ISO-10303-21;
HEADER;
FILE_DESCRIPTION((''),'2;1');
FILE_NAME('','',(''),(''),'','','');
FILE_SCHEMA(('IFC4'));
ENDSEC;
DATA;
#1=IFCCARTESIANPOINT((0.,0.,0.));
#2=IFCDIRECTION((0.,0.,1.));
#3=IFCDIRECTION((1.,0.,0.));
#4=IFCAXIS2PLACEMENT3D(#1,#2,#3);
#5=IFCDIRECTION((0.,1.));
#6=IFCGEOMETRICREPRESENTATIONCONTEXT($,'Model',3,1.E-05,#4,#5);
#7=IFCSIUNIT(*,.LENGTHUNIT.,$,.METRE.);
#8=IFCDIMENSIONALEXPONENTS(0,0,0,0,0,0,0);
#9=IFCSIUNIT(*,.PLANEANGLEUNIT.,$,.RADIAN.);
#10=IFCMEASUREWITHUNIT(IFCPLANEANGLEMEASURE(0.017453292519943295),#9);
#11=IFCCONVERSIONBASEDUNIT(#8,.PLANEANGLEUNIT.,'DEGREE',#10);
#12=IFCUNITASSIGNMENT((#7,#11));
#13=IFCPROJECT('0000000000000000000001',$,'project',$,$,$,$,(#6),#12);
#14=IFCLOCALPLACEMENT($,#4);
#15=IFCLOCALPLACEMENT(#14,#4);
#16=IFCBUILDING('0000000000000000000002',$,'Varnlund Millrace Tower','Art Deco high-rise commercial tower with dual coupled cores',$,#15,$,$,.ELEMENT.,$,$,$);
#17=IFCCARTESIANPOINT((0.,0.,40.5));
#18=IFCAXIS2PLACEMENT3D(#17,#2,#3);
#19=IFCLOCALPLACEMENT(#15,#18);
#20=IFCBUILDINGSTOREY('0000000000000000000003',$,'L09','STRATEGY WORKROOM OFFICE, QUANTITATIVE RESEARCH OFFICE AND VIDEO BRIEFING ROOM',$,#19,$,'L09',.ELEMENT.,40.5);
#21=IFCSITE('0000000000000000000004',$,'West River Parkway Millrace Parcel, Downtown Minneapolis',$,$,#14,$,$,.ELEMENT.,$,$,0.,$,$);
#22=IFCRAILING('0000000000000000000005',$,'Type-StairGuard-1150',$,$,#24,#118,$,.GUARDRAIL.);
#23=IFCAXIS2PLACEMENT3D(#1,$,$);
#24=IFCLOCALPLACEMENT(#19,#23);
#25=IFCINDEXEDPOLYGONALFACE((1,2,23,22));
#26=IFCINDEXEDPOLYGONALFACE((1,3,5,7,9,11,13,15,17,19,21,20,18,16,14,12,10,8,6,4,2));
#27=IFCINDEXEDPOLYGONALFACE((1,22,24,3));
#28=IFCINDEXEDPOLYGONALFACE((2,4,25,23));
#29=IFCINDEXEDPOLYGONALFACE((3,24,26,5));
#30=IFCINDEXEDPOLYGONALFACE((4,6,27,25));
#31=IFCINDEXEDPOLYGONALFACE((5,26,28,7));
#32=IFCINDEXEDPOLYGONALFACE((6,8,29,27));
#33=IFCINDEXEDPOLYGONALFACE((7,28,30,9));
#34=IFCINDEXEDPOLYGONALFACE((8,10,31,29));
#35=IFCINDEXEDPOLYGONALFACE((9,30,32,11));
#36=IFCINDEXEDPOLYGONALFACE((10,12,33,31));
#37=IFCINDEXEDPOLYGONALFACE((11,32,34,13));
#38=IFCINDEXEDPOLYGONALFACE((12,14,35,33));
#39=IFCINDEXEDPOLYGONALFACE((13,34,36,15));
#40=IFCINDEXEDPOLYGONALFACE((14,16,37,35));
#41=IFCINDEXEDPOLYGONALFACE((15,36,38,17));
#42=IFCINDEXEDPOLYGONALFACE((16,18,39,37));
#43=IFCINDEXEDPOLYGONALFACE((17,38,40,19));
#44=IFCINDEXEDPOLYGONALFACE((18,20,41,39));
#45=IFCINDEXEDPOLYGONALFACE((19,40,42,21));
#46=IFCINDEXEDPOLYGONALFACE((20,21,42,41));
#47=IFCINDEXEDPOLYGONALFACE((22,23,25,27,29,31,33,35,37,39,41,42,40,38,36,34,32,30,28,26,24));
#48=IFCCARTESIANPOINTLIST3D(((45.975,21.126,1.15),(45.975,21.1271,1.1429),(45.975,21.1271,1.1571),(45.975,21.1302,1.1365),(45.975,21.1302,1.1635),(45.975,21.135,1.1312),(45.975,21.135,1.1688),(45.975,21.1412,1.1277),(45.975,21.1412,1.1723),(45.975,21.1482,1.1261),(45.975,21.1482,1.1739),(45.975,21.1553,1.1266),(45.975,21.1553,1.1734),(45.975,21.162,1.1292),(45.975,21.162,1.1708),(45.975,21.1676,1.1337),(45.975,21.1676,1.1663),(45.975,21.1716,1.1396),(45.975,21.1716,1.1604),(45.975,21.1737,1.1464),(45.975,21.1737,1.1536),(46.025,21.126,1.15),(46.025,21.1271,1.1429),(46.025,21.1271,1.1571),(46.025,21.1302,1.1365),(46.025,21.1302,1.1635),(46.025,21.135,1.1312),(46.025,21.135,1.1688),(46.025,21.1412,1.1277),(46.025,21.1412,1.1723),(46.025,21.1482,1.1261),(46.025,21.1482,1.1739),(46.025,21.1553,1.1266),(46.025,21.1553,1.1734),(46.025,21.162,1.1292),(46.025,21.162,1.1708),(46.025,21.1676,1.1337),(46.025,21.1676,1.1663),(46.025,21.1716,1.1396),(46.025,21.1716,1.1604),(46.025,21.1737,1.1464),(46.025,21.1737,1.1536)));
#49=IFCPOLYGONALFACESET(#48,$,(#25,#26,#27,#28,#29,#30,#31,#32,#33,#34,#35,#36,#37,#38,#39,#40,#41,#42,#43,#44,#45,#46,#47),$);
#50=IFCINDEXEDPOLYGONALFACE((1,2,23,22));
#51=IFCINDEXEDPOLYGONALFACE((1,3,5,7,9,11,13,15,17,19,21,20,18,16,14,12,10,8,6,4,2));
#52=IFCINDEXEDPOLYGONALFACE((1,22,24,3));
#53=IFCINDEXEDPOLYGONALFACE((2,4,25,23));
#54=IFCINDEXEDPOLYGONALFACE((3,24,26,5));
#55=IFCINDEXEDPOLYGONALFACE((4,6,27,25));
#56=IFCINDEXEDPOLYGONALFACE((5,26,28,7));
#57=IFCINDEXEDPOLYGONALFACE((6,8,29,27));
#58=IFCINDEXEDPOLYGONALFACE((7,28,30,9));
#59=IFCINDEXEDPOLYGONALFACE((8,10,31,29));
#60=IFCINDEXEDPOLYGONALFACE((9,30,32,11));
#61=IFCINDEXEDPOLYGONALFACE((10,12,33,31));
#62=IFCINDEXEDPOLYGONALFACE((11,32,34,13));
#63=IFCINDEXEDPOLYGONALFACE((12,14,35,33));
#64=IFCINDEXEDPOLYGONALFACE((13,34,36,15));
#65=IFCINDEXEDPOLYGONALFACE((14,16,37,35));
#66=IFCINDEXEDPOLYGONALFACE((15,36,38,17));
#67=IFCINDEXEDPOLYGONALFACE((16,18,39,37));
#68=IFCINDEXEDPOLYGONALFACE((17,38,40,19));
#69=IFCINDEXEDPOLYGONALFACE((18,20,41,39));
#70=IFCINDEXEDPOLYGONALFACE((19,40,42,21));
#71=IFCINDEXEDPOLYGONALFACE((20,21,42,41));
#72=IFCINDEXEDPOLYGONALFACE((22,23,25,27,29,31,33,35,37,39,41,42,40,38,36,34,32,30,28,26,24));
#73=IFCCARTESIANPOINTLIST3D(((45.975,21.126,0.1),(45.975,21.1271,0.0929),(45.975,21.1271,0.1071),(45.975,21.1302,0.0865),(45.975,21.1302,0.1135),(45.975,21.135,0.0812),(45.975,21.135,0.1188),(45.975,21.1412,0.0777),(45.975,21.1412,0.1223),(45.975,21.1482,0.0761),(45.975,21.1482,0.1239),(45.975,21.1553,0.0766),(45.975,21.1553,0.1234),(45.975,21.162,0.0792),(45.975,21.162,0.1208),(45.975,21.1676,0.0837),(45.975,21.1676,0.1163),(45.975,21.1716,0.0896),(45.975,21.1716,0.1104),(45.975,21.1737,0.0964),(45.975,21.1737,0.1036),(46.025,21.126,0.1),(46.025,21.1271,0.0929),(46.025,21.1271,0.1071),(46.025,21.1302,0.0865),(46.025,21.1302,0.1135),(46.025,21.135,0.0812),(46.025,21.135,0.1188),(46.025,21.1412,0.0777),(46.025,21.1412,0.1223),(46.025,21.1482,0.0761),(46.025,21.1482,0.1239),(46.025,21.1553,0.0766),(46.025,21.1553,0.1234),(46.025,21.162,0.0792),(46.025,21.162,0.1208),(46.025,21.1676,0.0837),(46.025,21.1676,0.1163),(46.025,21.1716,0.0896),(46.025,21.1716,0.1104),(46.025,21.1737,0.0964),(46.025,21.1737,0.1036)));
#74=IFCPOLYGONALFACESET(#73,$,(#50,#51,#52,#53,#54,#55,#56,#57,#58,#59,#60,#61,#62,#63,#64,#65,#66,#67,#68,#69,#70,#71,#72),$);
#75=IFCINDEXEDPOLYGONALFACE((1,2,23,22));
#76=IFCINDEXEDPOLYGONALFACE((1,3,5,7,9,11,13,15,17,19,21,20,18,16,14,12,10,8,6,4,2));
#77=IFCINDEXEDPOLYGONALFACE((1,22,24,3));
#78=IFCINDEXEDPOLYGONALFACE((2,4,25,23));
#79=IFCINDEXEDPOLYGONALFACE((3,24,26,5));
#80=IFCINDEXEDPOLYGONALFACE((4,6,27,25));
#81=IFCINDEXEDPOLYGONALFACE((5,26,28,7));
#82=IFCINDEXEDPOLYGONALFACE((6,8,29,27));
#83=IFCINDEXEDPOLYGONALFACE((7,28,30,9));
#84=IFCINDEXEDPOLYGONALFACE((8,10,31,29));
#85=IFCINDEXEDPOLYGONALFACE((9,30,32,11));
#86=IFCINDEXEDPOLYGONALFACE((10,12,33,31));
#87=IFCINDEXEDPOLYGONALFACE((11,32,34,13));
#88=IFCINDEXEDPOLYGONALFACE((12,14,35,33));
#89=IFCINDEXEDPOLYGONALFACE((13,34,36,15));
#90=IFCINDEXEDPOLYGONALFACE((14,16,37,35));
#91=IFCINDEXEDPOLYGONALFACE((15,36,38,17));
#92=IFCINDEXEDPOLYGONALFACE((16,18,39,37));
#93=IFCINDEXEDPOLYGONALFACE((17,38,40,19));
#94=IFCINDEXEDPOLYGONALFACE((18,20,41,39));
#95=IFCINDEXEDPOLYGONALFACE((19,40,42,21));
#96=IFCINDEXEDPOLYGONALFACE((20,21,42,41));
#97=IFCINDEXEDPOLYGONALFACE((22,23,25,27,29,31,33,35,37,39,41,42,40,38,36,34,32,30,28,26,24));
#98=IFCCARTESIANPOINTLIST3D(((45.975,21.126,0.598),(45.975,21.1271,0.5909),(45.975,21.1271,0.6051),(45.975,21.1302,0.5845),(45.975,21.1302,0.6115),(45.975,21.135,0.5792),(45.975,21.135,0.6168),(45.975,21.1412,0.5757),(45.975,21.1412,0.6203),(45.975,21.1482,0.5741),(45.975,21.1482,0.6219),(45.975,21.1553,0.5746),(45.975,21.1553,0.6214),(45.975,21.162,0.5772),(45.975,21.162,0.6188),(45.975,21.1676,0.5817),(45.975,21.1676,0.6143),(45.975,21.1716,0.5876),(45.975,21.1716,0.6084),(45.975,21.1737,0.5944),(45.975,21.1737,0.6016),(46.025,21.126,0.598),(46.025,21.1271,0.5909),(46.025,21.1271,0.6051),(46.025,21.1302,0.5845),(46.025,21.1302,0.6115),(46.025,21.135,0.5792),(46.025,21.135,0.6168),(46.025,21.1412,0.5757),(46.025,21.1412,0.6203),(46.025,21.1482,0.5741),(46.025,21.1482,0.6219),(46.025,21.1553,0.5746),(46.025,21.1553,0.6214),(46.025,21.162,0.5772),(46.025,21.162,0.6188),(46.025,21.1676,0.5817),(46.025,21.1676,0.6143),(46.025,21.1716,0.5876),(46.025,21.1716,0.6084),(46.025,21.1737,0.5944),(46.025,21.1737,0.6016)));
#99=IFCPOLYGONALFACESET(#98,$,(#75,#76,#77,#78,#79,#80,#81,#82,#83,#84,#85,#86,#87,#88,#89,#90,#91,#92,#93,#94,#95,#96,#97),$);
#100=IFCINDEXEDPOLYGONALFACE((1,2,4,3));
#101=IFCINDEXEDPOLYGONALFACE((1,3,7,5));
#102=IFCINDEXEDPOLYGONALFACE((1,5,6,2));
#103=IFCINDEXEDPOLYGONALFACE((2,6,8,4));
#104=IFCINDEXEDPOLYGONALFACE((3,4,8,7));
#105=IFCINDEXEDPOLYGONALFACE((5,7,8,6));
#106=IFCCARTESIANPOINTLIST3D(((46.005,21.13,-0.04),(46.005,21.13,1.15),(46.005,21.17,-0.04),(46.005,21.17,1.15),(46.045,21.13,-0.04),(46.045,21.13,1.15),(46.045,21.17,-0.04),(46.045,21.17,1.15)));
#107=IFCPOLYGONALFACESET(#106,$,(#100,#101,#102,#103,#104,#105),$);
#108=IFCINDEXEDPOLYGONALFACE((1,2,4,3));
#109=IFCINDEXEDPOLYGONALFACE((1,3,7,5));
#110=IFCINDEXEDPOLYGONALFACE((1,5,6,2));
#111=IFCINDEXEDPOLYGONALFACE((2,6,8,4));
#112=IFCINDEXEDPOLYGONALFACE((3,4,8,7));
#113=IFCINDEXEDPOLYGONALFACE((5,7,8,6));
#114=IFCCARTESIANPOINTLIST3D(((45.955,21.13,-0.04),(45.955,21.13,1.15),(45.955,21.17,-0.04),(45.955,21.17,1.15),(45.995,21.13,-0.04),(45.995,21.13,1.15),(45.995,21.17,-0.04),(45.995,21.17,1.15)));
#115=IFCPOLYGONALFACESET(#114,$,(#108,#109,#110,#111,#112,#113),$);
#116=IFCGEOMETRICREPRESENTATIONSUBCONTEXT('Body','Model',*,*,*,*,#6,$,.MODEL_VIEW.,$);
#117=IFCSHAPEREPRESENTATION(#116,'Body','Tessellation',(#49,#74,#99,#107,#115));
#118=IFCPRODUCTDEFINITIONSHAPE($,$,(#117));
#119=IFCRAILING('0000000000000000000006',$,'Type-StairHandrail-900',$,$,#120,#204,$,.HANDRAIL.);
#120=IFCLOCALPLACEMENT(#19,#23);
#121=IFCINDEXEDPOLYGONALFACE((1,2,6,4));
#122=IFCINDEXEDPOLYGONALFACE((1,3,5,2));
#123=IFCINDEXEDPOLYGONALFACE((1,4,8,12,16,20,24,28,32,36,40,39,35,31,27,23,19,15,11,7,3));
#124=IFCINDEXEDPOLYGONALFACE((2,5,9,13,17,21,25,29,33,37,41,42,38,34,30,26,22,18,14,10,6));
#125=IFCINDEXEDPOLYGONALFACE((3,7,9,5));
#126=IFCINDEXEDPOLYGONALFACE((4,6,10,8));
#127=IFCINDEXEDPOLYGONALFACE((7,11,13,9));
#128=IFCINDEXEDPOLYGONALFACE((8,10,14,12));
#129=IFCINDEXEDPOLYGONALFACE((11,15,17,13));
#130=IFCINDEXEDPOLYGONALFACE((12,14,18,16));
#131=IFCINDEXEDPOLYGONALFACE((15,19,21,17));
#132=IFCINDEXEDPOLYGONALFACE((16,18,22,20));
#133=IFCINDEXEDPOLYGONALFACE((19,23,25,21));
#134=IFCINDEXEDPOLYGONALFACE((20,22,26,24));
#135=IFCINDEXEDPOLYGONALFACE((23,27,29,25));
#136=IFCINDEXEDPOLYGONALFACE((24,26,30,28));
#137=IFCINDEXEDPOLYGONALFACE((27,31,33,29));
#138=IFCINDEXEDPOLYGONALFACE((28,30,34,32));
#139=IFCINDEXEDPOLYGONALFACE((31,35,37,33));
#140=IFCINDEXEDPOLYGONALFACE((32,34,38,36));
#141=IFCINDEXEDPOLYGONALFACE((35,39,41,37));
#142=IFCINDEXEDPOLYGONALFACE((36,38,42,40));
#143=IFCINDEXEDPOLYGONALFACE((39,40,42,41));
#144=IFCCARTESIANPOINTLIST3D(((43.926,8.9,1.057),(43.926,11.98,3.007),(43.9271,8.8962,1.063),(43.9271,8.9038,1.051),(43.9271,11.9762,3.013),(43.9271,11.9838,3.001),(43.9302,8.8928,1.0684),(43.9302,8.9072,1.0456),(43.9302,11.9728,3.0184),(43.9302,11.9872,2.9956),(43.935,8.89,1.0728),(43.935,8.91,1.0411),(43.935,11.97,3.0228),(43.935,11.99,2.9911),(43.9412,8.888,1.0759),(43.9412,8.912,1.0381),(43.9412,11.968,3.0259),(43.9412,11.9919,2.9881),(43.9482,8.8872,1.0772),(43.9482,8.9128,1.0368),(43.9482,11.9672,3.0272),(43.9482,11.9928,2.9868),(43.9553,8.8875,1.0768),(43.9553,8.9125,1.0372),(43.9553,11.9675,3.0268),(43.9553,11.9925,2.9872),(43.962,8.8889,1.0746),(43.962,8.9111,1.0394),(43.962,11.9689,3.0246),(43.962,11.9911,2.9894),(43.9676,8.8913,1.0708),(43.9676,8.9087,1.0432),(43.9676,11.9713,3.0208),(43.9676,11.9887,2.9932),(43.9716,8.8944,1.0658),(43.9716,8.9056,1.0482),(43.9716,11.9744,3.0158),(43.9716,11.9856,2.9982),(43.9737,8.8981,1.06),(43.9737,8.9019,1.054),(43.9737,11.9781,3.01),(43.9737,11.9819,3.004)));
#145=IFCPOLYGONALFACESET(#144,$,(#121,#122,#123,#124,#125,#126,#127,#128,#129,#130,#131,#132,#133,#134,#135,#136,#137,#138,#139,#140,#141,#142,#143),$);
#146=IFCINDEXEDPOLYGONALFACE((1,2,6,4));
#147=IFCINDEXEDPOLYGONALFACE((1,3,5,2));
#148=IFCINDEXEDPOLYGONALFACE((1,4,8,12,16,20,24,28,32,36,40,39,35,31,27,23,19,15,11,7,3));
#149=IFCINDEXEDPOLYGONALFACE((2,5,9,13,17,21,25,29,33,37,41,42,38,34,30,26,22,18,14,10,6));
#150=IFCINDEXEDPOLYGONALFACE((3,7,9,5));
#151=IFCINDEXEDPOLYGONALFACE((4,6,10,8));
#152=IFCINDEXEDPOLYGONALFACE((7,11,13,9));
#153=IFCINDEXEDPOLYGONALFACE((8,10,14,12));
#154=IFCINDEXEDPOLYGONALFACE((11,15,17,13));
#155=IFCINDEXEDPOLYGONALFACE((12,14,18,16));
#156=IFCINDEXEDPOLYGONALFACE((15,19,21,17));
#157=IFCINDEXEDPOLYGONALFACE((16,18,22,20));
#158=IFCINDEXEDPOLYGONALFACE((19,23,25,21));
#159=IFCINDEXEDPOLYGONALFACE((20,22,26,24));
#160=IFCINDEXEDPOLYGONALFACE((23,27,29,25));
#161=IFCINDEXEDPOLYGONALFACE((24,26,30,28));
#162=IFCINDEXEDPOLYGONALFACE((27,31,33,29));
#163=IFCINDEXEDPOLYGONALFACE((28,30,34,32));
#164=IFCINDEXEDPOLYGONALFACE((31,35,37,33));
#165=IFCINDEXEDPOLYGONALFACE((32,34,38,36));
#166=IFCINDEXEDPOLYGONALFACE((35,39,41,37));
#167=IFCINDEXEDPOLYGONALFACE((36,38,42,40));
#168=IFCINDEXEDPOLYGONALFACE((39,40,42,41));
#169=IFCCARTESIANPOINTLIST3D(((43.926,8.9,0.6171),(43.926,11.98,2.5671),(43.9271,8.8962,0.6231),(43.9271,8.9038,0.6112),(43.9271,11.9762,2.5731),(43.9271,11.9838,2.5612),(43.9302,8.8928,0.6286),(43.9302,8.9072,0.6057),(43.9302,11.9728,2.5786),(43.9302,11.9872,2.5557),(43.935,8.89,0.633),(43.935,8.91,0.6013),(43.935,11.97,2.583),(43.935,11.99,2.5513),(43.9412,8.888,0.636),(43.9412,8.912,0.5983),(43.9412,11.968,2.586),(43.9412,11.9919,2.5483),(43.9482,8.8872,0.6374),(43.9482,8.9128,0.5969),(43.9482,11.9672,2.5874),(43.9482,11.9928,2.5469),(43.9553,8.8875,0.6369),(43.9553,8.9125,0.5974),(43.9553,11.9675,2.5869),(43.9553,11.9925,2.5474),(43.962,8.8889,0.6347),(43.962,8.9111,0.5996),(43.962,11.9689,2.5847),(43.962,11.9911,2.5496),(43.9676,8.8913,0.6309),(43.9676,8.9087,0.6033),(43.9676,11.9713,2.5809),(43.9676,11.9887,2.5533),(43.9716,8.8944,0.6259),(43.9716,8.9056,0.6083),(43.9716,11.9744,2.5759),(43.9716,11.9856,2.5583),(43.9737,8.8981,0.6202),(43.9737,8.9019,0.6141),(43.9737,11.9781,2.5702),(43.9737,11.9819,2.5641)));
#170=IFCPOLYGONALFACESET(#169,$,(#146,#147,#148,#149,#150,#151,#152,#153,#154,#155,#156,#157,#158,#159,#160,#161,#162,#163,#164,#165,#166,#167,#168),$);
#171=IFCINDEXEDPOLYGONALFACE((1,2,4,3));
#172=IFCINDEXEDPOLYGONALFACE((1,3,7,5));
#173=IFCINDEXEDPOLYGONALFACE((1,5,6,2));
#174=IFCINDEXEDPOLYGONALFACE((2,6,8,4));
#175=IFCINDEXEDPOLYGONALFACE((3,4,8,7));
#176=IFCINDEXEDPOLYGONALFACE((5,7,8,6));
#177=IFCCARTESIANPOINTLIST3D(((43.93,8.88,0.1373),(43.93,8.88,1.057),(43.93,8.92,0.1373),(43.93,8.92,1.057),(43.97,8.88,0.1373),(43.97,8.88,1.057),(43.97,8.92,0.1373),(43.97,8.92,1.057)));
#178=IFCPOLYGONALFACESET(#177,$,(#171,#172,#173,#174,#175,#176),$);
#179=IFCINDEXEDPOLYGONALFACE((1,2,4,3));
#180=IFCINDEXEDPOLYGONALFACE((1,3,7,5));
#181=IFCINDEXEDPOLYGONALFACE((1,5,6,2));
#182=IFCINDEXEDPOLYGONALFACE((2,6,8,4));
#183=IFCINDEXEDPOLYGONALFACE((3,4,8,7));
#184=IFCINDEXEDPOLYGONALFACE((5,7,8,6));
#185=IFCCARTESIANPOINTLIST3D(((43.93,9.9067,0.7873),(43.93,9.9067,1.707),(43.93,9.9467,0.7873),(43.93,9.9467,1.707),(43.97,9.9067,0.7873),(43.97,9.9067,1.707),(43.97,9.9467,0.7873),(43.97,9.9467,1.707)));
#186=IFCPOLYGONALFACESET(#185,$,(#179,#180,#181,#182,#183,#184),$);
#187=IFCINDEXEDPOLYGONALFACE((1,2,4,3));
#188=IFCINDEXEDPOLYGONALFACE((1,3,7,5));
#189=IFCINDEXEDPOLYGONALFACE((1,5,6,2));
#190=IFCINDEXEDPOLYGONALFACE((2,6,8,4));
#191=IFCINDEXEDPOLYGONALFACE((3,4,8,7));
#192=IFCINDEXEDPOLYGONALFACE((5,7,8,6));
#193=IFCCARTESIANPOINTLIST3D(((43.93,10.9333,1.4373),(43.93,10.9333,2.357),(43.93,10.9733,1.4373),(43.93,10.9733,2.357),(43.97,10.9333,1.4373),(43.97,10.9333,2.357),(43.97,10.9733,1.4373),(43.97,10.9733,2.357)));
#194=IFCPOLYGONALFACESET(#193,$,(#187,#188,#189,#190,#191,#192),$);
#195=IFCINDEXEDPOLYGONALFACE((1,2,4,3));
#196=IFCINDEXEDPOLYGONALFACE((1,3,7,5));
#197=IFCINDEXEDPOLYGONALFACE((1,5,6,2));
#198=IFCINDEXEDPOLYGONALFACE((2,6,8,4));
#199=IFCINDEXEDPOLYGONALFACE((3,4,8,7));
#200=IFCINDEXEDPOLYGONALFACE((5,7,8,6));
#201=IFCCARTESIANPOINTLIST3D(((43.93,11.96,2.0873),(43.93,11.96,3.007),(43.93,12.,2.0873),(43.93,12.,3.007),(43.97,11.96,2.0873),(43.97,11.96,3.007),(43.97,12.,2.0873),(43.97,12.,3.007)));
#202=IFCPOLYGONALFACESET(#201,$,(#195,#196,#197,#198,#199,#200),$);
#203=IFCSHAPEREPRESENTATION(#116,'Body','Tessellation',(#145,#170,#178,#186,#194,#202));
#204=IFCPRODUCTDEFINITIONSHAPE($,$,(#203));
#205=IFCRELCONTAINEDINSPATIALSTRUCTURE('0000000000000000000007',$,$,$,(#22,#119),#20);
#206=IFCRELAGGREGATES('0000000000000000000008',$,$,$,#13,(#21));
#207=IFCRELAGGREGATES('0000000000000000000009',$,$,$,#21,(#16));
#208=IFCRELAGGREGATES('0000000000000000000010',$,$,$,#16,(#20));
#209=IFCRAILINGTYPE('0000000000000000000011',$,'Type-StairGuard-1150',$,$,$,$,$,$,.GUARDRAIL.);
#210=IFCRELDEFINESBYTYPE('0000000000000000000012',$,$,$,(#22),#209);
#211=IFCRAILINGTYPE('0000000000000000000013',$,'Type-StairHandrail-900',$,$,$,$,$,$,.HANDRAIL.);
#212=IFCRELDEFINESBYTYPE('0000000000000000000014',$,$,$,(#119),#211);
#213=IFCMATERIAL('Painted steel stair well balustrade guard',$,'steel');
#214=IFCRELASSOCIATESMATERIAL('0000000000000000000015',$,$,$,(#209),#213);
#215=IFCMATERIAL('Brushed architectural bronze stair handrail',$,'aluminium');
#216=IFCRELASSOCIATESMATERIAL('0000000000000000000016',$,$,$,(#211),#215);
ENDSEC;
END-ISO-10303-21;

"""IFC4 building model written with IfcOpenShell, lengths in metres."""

from ifc_helpers import new_model, entity, si_unit, converted_unit, direction, frame, origin_with_axes, origin_2d_with_axis, place, context, subcontext, project, spatial, rectangle, circle, extrude, material, type_object, element, save


model = new_model("IFC4")

# Units and contexts
model_context = context("Model", 3, precision=1e-05, world=origin_with_axes(), true_north=direction((0.0, 1.0)))
body_context = subcontext(model_context, "Body", "Model", "MODEL_VIEW")
ifc_project = project(units=[si_unit("LENGTHUNIT", "METRE"), converted_unit("PLANEANGLEUNIT", "DEGREE", entity("IfcPlaneAngleMeasure", 0.017453292519943295), si_unit("PLANEANGLEUNIT", "RADIAN"), dimensions=[0, 0, 0, 0, 0, 0, 0])], contexts=[model_context])

# Site, building, storey
site_placement = place(None, origin_with_axes())
site = spatial("IfcSite", under=ifc_project, at=site_placement, Name="West River Parkway Millrace Parcel, Downtown Minneapolis", CompositionType="ELEMENT", RefElevation=0.0)
building_placement = place(site_placement, origin_with_axes())
building = spatial("IfcBuilding", under=site, at=building_placement, Name="Varnlund Millrace Tower", Description="Art Deco high-rise commercial tower with dual coupled cores", CompositionType="ELEMENT")
storey_placement = place(building_placement, frame((0.0, 0.0, 40.5), z_axis=(0.0, 0.0, 1.0), x_axis=(1.0, 0.0, 0.0)))
storey = spatial("IfcBuildingStorey", under=building, at=storey_placement, Name="L09", Description="STRATEGY WORKROOM OFFICE, QUANTITATIVE RESEARCH OFFICE AND VIDEO BRIEFING ROOM", LongName="L09", CompositionType="ELEMENT", Elevation=40.5)

# Railings
ifc_material_1 = material(Name="Painted steel stair well balustrade guard", Category="steel")
railing_type_1 = type_object("IfcRailingType", Name="Type-StairGuard-1150", PredefinedType="GUARDRAIL", material=ifc_material_1)
railing_1_placement = place(storey_placement, frame((0.0, 0.0, -40.5), z_axis=(0.0, 0.0, 1.0), x_axis=(1.0, 0.0, 0.0)))
element("IfcRailing", 1, at=railing_1_placement, inside=storey, type_object=railing_type_1, Name="Type-StairGuard-1150", PredefinedType="GUARDRAIL", context=body_context, shape_type="SweptSolid", body=[
    extrude(circle(Radius=0.024, at=origin_2d_with_axis()), frame((46.025, 21.15, 41.65), z_axis=(-1.0, 0.0, 0.0), x_axis=(0.0, -1.0, 0.0)), (0.0, 0.0, 1.0), 0.05),
    extrude(circle(Radius=0.024, at=origin_2d_with_axis()), frame((46.025, 21.15, 40.6), z_axis=(-1.0, 0.0, 0.0), x_axis=(0.0, -1.0, 0.0)), (0.0, 0.0, 1.0), 0.05),
    extrude(circle(Radius=0.024, at=origin_2d_with_axis()), frame((46.025, 21.15, 41.098), z_axis=(-1.0, 0.0, 0.0), x_axis=(0.0, -1.0, 0.0)), (0.0, 0.0, 1.0), 0.05),
    extrude(rectangle(XDim=0.04, YDim=0.04, at=origin_2d_with_axis()), frame((46.025, 21.15, 40.46), z_axis=(0.0, 0.0, 1.0), x_axis=(1.0, 0.0, 0.0)), (0.0, 0.0, 1.0), 1.19),
    extrude(rectangle(XDim=0.04, YDim=0.04, at=origin_2d_with_axis()), frame((45.975, 21.15, 40.46), z_axis=(0.0, 0.0, 1.0), x_axis=(1.0, 0.0, 0.0)), (0.0, 0.0, 1.0), 1.19),
])
ifc_material_2 = material(Name="Brushed architectural bronze stair handrail", Category="aluminium")
railing_type_2 = type_object("IfcRailingType", Name="Type-StairHandrail-900", PredefinedType="HANDRAIL", material=ifc_material_2)
railing_2_placement = place(storey_placement, frame((0.0, 0.0, -40.5), z_axis=(0.0, 0.0, 1.0), x_axis=(1.0, 0.0, 0.0)))
element("IfcRailing", 2, at=railing_2_placement, inside=storey, type_object=railing_type_2, Name="Type-StairHandrail-900", PredefinedType="HANDRAIL", context=body_context, shape_type="SweptSolid", body=[
    extrude(circle(Radius=0.024, at=origin_2d_with_axis()), frame((43.95, 8.9, 41.557), z_axis=(0.0, 0.844902, 0.534922), x_axis=(-1.0, 0.0, 0.0)), (0.0, 0.0, 1.0), 3.6454),
    extrude(circle(Radius=0.024, at=origin_2d_with_axis()), frame((43.95, 8.9, 41.1171), z_axis=(0.0, 0.844902, 0.534922), x_axis=(-1.0, 0.0, 0.0)), (0.0, 0.0, 1.0), 3.6454),
    extrude(rectangle(XDim=0.04, YDim=0.04, at=origin_2d_with_axis()), frame((43.95, 8.9, 40.6373), z_axis=(0.0, 0.0, 1.0), x_axis=(1.0, 0.0, 0.0)), (0.0, 0.0, 1.0), 0.9197),
    extrude(rectangle(XDim=0.04, YDim=0.04, at=origin_2d_with_axis()), frame((43.95, 9.9267, 41.2873), z_axis=(0.0, 0.0, 1.0), x_axis=(1.0, 0.0, 0.0)), (0.0, 0.0, 1.0), 0.9197),
    extrude(rectangle(XDim=0.04, YDim=0.04, at=origin_2d_with_axis()), frame((43.95, 10.9533, 41.9373), z_axis=(0.0, 0.0, 1.0), x_axis=(1.0, 0.0, 0.0)), (0.0, 0.0, 1.0), 0.9197),
    extrude(rectangle(XDim=0.04, YDim=0.04, at=origin_2d_with_axis()), frame((43.95, 11.98, 42.5873), z_axis=(0.0, 0.0, 1.0), x_axis=(1.0, 0.0, 0.0)), (0.0, 0.0, 1.0), 0.9197),
])

save(model, "model.ifc")
